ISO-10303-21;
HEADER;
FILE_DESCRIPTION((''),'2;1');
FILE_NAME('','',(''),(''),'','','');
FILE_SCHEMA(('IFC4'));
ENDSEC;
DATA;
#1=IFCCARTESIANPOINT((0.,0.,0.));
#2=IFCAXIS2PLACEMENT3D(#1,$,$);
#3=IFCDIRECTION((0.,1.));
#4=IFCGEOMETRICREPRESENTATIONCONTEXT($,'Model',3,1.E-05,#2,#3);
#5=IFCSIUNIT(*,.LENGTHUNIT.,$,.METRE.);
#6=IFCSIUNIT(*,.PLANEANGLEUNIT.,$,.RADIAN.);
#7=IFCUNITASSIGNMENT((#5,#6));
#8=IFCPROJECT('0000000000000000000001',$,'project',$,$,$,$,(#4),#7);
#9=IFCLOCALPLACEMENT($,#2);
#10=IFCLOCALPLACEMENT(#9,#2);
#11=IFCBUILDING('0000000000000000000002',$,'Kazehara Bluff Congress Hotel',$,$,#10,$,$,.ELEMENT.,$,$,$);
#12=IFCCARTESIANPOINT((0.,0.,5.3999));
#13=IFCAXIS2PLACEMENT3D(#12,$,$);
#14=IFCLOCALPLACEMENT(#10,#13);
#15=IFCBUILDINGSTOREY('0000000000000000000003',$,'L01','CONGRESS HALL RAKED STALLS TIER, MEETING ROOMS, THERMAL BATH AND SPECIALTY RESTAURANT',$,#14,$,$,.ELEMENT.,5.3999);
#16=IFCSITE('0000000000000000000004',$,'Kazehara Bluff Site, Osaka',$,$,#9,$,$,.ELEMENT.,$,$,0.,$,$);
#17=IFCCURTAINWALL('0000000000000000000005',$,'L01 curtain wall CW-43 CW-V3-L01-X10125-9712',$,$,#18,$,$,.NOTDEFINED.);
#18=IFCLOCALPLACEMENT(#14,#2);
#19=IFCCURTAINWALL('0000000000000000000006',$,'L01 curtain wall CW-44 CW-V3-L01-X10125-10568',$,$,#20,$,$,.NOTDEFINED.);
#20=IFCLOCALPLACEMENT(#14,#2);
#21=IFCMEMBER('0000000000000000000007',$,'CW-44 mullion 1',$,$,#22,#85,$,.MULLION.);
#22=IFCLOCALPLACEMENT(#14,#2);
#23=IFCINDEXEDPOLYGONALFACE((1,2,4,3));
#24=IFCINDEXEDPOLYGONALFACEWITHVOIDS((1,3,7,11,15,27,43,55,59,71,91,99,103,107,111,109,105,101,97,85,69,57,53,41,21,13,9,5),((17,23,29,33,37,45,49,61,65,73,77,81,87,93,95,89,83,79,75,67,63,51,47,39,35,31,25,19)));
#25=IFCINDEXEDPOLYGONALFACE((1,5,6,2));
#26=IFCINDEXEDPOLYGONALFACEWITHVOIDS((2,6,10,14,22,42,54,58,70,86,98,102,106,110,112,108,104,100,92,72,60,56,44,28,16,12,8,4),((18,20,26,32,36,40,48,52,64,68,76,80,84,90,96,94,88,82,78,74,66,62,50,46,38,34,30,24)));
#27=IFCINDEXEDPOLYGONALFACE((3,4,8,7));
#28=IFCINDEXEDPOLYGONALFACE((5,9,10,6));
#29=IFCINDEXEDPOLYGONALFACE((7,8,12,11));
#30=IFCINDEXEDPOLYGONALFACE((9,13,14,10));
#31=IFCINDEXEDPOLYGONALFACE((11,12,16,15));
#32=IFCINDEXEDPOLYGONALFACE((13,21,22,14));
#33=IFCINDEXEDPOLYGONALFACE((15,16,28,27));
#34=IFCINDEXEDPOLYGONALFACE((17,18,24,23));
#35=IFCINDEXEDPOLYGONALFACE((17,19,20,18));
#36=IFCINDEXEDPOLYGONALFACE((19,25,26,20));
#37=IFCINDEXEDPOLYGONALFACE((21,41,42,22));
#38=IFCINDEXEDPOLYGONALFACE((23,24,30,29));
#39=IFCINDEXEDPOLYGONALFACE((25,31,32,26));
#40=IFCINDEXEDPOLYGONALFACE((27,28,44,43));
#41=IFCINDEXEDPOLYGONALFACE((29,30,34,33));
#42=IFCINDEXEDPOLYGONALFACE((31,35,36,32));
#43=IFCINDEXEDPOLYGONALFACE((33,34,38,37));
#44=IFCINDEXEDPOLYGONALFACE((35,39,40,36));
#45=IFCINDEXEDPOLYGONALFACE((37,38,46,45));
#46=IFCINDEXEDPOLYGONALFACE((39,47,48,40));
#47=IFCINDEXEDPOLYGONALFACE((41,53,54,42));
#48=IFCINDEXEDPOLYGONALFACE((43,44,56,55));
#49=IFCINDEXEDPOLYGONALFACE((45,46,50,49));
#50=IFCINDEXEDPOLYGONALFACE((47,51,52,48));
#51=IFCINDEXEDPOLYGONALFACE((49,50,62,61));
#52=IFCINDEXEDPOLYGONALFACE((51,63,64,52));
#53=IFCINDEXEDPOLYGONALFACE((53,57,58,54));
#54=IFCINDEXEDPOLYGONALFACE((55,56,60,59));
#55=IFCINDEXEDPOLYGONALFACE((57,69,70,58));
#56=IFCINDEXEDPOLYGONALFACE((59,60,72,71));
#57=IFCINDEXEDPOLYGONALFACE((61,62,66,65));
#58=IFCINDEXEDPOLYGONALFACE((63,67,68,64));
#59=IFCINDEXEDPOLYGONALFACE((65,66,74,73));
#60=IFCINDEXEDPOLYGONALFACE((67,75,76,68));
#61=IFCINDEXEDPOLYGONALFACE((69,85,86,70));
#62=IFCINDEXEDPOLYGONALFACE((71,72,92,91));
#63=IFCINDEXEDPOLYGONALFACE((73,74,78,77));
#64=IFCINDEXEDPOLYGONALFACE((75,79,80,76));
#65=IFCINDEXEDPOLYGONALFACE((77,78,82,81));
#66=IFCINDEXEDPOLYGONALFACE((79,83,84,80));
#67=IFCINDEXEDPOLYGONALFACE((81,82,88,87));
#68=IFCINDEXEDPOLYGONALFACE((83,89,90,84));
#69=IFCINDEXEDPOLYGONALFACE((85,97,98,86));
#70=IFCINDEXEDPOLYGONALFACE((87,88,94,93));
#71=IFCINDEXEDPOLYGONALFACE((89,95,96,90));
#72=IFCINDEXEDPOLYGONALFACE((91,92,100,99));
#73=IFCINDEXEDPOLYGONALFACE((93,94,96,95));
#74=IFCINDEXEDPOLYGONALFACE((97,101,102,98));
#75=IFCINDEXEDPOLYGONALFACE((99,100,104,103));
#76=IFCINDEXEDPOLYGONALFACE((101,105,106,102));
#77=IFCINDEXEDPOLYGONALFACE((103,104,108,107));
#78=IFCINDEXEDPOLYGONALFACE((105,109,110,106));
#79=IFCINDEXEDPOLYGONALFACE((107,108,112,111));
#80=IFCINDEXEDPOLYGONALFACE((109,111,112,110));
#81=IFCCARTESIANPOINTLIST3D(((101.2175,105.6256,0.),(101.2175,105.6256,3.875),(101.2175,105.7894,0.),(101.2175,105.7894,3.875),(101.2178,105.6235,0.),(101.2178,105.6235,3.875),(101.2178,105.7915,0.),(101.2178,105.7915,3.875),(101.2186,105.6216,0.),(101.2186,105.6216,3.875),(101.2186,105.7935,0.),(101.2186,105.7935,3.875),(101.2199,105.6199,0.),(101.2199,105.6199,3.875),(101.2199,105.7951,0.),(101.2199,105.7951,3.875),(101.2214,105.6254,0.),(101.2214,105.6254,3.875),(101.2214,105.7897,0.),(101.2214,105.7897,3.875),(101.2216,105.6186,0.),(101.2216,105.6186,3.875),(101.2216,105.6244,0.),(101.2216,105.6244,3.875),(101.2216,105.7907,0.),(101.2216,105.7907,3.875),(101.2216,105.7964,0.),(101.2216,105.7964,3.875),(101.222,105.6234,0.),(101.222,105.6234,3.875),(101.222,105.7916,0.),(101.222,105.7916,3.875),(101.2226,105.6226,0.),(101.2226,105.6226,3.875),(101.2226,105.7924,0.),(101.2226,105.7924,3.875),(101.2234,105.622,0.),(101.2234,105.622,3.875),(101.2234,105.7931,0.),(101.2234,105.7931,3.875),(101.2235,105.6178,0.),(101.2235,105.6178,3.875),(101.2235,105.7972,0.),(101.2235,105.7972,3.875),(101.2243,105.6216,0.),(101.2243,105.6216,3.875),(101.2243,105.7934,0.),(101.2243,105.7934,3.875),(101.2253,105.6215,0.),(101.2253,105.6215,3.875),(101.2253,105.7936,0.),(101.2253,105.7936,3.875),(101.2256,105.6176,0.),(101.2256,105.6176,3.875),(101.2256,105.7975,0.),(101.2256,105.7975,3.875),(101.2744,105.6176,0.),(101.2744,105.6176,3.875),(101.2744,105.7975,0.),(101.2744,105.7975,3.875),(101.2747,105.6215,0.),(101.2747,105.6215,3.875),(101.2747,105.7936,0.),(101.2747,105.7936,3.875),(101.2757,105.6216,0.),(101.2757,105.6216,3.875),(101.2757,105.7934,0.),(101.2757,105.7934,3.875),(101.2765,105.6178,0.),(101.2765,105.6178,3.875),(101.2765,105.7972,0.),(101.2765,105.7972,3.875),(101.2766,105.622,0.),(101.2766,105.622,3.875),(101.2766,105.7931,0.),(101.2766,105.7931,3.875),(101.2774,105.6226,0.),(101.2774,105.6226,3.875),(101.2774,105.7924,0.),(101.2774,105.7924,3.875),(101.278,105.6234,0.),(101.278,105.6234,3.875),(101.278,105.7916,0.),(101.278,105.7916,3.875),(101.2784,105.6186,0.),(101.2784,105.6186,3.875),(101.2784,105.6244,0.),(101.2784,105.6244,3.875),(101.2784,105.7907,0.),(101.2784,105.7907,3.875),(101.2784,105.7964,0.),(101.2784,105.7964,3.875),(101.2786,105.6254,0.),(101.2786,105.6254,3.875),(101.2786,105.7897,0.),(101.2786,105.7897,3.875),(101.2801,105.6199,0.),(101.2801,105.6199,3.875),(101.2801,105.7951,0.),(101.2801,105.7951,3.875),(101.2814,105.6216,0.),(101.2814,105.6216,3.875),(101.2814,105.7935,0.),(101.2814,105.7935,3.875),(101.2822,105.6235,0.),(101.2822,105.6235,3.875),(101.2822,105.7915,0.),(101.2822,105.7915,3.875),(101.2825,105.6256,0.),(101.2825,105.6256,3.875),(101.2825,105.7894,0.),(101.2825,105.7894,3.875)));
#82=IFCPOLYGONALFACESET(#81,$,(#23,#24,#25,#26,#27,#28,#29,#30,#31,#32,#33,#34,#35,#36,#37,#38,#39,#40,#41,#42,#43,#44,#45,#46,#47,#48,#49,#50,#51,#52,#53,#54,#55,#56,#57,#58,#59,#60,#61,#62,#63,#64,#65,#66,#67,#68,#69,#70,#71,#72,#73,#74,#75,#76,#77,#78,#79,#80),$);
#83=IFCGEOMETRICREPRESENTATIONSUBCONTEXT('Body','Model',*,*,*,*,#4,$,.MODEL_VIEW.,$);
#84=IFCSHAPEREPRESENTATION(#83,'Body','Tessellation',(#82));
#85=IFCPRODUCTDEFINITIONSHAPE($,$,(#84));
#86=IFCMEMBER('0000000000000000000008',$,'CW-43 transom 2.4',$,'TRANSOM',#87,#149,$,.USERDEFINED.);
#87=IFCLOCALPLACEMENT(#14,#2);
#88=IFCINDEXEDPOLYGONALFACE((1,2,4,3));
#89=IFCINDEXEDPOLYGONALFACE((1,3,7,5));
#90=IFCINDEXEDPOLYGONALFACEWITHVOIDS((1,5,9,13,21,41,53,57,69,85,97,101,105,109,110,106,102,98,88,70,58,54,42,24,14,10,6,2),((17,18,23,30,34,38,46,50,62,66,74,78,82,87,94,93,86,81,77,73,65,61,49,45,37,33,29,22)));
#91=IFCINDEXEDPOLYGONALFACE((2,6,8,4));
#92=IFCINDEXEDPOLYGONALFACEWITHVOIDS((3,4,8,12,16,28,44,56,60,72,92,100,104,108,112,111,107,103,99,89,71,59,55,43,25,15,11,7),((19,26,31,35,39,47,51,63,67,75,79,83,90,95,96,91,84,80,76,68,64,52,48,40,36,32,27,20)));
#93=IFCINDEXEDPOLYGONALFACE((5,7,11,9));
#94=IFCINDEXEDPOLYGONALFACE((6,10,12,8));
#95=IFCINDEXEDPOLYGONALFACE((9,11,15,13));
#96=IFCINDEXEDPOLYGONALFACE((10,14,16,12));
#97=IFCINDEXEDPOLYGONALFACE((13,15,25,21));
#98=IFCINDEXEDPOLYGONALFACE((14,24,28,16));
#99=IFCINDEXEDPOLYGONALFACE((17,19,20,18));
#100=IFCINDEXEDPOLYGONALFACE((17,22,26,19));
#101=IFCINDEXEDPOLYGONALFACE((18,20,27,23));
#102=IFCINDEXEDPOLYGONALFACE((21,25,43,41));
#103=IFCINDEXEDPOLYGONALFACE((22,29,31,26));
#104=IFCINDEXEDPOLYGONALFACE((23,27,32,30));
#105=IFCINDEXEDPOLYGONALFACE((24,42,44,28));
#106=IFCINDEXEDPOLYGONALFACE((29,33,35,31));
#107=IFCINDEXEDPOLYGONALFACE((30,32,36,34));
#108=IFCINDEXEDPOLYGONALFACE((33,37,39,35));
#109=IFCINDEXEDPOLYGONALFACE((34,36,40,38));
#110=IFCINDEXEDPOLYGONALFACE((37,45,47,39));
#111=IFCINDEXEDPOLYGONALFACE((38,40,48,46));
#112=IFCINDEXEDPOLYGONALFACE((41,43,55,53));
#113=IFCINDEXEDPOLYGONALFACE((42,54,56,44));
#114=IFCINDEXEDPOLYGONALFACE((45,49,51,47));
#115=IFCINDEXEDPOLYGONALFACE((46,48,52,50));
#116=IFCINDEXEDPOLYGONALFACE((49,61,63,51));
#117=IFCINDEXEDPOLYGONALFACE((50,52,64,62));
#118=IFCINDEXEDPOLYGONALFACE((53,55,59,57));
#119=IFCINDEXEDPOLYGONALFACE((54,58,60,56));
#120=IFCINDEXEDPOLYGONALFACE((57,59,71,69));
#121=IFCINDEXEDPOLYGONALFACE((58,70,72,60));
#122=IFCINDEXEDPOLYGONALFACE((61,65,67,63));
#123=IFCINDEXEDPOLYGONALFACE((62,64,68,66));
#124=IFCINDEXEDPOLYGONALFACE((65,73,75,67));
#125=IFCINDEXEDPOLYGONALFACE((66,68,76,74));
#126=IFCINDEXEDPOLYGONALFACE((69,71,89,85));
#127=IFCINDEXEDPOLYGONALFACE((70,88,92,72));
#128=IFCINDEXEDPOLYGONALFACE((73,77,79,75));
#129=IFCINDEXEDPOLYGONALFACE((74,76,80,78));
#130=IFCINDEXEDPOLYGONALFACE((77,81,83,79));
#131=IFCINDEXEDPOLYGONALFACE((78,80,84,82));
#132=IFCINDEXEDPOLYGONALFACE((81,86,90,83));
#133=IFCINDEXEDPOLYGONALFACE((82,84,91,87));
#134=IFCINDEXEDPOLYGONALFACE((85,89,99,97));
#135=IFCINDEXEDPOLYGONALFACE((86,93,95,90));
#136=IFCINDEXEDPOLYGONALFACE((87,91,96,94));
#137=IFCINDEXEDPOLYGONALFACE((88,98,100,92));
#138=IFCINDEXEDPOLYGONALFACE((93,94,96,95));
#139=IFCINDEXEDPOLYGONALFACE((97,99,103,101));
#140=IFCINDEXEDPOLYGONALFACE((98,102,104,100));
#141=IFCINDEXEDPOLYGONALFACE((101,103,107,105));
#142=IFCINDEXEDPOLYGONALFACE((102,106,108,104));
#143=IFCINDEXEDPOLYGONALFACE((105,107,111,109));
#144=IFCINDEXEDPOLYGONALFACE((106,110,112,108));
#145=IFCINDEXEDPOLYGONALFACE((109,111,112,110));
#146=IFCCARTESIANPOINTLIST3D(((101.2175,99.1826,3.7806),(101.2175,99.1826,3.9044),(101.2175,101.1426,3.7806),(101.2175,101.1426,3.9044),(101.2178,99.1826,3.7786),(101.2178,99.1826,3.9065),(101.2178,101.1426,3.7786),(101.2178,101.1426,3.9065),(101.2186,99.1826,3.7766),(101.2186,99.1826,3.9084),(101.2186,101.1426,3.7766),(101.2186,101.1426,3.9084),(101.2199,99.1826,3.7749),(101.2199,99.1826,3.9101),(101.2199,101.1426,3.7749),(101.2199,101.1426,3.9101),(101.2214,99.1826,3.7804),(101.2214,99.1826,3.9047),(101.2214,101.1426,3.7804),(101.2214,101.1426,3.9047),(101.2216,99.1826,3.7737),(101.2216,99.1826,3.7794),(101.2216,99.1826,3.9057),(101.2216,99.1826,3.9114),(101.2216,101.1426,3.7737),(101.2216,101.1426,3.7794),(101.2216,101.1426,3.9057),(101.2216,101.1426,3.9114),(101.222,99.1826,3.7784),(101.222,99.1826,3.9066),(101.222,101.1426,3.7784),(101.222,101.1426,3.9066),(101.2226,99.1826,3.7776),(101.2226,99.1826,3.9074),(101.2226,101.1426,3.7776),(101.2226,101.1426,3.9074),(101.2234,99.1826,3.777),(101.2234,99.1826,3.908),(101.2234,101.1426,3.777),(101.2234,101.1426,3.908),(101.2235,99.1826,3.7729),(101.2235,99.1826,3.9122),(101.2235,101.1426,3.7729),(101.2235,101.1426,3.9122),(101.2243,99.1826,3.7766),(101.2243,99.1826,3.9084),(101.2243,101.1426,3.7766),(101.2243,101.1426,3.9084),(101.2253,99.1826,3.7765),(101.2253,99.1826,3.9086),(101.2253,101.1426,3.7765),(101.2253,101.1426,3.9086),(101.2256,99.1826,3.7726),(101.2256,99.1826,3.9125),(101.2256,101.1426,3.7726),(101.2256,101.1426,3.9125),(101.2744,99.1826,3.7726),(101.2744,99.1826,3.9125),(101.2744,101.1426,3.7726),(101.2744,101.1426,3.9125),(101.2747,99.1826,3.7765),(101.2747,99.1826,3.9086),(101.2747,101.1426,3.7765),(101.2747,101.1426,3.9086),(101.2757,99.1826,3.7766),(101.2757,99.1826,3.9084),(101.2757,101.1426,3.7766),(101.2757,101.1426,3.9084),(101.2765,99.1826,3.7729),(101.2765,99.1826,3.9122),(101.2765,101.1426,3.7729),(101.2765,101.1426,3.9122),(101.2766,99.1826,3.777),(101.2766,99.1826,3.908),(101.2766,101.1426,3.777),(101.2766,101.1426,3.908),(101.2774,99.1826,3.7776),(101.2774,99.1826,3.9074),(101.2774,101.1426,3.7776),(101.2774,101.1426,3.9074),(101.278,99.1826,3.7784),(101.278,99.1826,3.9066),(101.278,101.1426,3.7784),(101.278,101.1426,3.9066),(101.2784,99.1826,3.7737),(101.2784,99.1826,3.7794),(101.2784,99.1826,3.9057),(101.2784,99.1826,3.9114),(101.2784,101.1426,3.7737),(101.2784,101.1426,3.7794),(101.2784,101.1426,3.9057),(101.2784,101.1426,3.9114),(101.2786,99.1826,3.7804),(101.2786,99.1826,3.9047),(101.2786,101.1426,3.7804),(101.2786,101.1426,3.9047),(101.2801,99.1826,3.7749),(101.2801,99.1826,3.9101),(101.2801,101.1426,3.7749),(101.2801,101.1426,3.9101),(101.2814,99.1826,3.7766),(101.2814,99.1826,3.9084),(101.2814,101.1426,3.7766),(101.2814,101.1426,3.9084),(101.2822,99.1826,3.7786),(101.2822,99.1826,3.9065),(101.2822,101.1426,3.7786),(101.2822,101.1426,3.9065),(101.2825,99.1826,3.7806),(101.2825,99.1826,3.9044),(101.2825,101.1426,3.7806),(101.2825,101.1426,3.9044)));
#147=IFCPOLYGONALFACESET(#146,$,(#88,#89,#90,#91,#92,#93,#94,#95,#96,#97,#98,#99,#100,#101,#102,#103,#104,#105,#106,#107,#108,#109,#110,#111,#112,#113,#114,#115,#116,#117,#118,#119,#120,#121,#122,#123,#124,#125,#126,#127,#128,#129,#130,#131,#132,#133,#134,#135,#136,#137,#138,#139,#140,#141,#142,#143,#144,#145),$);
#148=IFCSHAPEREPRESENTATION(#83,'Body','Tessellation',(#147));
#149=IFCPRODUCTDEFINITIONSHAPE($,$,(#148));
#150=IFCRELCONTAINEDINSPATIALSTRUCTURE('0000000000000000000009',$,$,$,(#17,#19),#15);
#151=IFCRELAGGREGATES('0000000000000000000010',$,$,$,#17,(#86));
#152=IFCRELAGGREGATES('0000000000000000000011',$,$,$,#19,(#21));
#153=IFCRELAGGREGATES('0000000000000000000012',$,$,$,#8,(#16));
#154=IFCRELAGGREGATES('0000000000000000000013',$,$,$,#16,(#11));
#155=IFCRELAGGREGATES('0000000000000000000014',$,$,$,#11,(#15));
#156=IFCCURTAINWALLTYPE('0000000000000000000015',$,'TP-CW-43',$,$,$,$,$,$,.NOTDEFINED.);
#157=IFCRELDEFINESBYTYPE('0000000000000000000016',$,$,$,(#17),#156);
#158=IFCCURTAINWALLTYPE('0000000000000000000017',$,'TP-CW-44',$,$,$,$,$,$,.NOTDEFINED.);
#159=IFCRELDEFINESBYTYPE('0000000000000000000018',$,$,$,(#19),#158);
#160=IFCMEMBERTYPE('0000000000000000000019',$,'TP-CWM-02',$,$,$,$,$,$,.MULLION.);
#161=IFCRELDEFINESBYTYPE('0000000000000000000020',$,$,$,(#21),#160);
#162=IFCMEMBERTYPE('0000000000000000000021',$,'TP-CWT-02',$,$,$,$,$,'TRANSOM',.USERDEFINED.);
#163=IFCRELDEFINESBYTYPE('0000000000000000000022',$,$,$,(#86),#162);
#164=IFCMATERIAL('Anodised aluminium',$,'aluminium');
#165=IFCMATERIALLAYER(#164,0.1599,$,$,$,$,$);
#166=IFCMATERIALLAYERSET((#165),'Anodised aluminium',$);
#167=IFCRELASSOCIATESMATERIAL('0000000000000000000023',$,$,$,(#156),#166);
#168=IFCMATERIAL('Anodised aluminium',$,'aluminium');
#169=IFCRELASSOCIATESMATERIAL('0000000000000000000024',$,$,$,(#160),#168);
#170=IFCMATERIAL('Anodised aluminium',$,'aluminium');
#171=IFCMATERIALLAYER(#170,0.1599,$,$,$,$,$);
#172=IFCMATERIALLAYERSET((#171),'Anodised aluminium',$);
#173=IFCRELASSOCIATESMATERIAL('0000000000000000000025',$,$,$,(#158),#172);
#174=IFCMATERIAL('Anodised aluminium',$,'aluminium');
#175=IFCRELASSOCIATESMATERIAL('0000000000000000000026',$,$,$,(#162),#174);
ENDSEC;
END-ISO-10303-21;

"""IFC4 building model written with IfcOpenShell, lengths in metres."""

from ifc_helpers import new_model, si_unit, direction, frame, origin, origin_2d, place, context, subcontext, project, spatial, hollow_rectangle, extrude, material, layer, layer_set, material_profile, profile_set, type_object, element, aggregate, save


model = new_model("IFC4")

# Units and contexts
model_context = context("Model", 3, precision=1e-05, world=origin(), true_north=direction((0.0, 1.0)))
body_context = subcontext(model_context, "Body", "Model", "MODEL_VIEW")
ifc_project = project(units=[si_unit("LENGTHUNIT", "METRE"), si_unit("PLANEANGLEUNIT", "RADIAN")], contexts=[model_context])

# Site, building, storey
site_placement = place(None, origin())
site = spatial("IfcSite", under=ifc_project, at=site_placement, Name="Kazehara Bluff Site, Osaka", CompositionType="ELEMENT", RefElevation=0.0)
building_placement = place(site_placement, origin())
building = spatial("IfcBuilding", under=site, at=building_placement, Name="Kazehara Bluff Congress Hotel", CompositionType="ELEMENT")
storey_placement = place(building_placement, frame((0.0, 0.0, 5.3999)))
storey = spatial("IfcBuildingStorey", under=building, at=storey_placement, Name="L01", Description="CONGRESS HALL RAKED STALLS TIER, MEETING ROOMS, THERMAL BATH AND SPECIALTY RESTAURANT", CompositionType="ELEMENT", Elevation=5.3999)

# Curtain wall
ifc_material_1 = material(Name="Anodised aluminium", Category="aluminium")
ifc_layer_1 = layer(ifc_material_1, 0.1599)
ifc_layer_set_1 = layer_set([ifc_layer_1], Name="Anodised aluminium")
curtain_wall_type_1 = type_object("IfcCurtainWallType", Name="TP-CW-43", PredefinedType="NOTDEFINED", material=ifc_layer_set_1)
curtain_wall_1_placement = place(storey_placement, origin())
curtain_wall_1 = element("IfcCurtainWall", 1, at=curtain_wall_1_placement, inside=storey, type_object=curtain_wall_type_1, Name="L01 curtain wall CW-43 CW-V3-L01-X10125-9712", PredefinedType="NOTDEFINED")
ifc_material_2 = material(Name="Anodised aluminium", Category="aluminium")
ifc_material_profile_1 = material_profile(ifc_material_2, hollow_rectangle(XDim=0.0649, YDim=0.1799, WallThickness=0.0039, InnerFilletRadius=0.0039, OuterFilletRadius=0.0081, at=origin_2d()))
ifc_profile_set_1 = profile_set([ifc_material_profile_1], Name="Anodised aluminium")
member_type_1 = type_object("IfcMemberType", Name="TP-CWM-02", PredefinedType="MULLION", material=ifc_profile_set_1)

# Curtain wall, member
ifc_material_3 = material(Name="Anodised aluminium", Category="aluminium")
ifc_layer_2 = layer(ifc_material_3, 0.1599)
ifc_layer_set_2 = layer_set([ifc_layer_2], Name="Anodised aluminium")
curtain_wall_type_2 = type_object("IfcCurtainWallType", Name="TP-CW-44", PredefinedType="NOTDEFINED", material=ifc_layer_set_2)
curtain_wall_2_placement = place(storey_placement, origin())
curtain_wall_2 = element("IfcCurtainWall", 2, at=curtain_wall_2_placement, inside=storey, type_object=curtain_wall_type_2, Name="L01 curtain wall CW-44 CW-V3-L01-X10125-10568", PredefinedType="NOTDEFINED")
member_1_placement = place(storey_placement, frame((101.25, 105.7075, 0.0), z_axis=(0.0, 0.0, 1.0), x_axis=(-1.0, 0.0, 0.0)))
member_1 = element("IfcMember", 3, at=member_1_placement, type_object=member_type_1, Name="CW-44 mullion 1", PredefinedType="MULLION", context=body_context, shape_type="SweptSolid", body=[
    extrude(hollow_rectangle(XDim=0.0649, YDim=0.1799, WallThickness=0.0039, InnerFilletRadius=0.0039, OuterFilletRadius=0.0081, at=origin_2d()), origin(), (0.0, 0.0, 1.0), 3.875),
])

# Member
ifc_material_4 = material(Name="Anodised aluminium", Category="aluminium")
ifc_material_profile_2 = material_profile(ifc_material_4, hollow_rectangle(XDim=0.0649, YDim=0.1399, WallThickness=0.0039, InnerFilletRadius=0.0039, OuterFilletRadius=0.0081, at=origin_2d()))
ifc_profile_set_2 = profile_set([ifc_material_profile_2], Name="Anodised aluminium")
member_type_2 = type_object("IfcMemberType", Name="TP-CWT-02", ElementType="TRANSOM", PredefinedType="USERDEFINED", material=ifc_profile_set_2)
member_2_placement = place(storey_placement, frame((101.25, 99.1826, 3.8425), z_axis=(0.0, 1.0, 0.0), x_axis=(-1.0, 0.0, 0.0)))
member_2 = element("IfcMember", 4, at=member_2_placement, type_object=member_type_2, Name="CW-43 transom 2.4", ObjectType="TRANSOM", PredefinedType="USERDEFINED", context=body_context, shape_type="SweptSolid", body=[
    extrude(hollow_rectangle(XDim=0.0649, YDim=0.1399, WallThickness=0.0039, InnerFilletRadius=0.0039, OuterFilletRadius=0.0081, at=origin_2d()), origin(), (0.0, 0.0, 1.0), 1.96),
])

aggregate(curtain_wall_1, [member_2])
aggregate(curtain_wall_2, [member_1])

save(model, "model.ifc")
